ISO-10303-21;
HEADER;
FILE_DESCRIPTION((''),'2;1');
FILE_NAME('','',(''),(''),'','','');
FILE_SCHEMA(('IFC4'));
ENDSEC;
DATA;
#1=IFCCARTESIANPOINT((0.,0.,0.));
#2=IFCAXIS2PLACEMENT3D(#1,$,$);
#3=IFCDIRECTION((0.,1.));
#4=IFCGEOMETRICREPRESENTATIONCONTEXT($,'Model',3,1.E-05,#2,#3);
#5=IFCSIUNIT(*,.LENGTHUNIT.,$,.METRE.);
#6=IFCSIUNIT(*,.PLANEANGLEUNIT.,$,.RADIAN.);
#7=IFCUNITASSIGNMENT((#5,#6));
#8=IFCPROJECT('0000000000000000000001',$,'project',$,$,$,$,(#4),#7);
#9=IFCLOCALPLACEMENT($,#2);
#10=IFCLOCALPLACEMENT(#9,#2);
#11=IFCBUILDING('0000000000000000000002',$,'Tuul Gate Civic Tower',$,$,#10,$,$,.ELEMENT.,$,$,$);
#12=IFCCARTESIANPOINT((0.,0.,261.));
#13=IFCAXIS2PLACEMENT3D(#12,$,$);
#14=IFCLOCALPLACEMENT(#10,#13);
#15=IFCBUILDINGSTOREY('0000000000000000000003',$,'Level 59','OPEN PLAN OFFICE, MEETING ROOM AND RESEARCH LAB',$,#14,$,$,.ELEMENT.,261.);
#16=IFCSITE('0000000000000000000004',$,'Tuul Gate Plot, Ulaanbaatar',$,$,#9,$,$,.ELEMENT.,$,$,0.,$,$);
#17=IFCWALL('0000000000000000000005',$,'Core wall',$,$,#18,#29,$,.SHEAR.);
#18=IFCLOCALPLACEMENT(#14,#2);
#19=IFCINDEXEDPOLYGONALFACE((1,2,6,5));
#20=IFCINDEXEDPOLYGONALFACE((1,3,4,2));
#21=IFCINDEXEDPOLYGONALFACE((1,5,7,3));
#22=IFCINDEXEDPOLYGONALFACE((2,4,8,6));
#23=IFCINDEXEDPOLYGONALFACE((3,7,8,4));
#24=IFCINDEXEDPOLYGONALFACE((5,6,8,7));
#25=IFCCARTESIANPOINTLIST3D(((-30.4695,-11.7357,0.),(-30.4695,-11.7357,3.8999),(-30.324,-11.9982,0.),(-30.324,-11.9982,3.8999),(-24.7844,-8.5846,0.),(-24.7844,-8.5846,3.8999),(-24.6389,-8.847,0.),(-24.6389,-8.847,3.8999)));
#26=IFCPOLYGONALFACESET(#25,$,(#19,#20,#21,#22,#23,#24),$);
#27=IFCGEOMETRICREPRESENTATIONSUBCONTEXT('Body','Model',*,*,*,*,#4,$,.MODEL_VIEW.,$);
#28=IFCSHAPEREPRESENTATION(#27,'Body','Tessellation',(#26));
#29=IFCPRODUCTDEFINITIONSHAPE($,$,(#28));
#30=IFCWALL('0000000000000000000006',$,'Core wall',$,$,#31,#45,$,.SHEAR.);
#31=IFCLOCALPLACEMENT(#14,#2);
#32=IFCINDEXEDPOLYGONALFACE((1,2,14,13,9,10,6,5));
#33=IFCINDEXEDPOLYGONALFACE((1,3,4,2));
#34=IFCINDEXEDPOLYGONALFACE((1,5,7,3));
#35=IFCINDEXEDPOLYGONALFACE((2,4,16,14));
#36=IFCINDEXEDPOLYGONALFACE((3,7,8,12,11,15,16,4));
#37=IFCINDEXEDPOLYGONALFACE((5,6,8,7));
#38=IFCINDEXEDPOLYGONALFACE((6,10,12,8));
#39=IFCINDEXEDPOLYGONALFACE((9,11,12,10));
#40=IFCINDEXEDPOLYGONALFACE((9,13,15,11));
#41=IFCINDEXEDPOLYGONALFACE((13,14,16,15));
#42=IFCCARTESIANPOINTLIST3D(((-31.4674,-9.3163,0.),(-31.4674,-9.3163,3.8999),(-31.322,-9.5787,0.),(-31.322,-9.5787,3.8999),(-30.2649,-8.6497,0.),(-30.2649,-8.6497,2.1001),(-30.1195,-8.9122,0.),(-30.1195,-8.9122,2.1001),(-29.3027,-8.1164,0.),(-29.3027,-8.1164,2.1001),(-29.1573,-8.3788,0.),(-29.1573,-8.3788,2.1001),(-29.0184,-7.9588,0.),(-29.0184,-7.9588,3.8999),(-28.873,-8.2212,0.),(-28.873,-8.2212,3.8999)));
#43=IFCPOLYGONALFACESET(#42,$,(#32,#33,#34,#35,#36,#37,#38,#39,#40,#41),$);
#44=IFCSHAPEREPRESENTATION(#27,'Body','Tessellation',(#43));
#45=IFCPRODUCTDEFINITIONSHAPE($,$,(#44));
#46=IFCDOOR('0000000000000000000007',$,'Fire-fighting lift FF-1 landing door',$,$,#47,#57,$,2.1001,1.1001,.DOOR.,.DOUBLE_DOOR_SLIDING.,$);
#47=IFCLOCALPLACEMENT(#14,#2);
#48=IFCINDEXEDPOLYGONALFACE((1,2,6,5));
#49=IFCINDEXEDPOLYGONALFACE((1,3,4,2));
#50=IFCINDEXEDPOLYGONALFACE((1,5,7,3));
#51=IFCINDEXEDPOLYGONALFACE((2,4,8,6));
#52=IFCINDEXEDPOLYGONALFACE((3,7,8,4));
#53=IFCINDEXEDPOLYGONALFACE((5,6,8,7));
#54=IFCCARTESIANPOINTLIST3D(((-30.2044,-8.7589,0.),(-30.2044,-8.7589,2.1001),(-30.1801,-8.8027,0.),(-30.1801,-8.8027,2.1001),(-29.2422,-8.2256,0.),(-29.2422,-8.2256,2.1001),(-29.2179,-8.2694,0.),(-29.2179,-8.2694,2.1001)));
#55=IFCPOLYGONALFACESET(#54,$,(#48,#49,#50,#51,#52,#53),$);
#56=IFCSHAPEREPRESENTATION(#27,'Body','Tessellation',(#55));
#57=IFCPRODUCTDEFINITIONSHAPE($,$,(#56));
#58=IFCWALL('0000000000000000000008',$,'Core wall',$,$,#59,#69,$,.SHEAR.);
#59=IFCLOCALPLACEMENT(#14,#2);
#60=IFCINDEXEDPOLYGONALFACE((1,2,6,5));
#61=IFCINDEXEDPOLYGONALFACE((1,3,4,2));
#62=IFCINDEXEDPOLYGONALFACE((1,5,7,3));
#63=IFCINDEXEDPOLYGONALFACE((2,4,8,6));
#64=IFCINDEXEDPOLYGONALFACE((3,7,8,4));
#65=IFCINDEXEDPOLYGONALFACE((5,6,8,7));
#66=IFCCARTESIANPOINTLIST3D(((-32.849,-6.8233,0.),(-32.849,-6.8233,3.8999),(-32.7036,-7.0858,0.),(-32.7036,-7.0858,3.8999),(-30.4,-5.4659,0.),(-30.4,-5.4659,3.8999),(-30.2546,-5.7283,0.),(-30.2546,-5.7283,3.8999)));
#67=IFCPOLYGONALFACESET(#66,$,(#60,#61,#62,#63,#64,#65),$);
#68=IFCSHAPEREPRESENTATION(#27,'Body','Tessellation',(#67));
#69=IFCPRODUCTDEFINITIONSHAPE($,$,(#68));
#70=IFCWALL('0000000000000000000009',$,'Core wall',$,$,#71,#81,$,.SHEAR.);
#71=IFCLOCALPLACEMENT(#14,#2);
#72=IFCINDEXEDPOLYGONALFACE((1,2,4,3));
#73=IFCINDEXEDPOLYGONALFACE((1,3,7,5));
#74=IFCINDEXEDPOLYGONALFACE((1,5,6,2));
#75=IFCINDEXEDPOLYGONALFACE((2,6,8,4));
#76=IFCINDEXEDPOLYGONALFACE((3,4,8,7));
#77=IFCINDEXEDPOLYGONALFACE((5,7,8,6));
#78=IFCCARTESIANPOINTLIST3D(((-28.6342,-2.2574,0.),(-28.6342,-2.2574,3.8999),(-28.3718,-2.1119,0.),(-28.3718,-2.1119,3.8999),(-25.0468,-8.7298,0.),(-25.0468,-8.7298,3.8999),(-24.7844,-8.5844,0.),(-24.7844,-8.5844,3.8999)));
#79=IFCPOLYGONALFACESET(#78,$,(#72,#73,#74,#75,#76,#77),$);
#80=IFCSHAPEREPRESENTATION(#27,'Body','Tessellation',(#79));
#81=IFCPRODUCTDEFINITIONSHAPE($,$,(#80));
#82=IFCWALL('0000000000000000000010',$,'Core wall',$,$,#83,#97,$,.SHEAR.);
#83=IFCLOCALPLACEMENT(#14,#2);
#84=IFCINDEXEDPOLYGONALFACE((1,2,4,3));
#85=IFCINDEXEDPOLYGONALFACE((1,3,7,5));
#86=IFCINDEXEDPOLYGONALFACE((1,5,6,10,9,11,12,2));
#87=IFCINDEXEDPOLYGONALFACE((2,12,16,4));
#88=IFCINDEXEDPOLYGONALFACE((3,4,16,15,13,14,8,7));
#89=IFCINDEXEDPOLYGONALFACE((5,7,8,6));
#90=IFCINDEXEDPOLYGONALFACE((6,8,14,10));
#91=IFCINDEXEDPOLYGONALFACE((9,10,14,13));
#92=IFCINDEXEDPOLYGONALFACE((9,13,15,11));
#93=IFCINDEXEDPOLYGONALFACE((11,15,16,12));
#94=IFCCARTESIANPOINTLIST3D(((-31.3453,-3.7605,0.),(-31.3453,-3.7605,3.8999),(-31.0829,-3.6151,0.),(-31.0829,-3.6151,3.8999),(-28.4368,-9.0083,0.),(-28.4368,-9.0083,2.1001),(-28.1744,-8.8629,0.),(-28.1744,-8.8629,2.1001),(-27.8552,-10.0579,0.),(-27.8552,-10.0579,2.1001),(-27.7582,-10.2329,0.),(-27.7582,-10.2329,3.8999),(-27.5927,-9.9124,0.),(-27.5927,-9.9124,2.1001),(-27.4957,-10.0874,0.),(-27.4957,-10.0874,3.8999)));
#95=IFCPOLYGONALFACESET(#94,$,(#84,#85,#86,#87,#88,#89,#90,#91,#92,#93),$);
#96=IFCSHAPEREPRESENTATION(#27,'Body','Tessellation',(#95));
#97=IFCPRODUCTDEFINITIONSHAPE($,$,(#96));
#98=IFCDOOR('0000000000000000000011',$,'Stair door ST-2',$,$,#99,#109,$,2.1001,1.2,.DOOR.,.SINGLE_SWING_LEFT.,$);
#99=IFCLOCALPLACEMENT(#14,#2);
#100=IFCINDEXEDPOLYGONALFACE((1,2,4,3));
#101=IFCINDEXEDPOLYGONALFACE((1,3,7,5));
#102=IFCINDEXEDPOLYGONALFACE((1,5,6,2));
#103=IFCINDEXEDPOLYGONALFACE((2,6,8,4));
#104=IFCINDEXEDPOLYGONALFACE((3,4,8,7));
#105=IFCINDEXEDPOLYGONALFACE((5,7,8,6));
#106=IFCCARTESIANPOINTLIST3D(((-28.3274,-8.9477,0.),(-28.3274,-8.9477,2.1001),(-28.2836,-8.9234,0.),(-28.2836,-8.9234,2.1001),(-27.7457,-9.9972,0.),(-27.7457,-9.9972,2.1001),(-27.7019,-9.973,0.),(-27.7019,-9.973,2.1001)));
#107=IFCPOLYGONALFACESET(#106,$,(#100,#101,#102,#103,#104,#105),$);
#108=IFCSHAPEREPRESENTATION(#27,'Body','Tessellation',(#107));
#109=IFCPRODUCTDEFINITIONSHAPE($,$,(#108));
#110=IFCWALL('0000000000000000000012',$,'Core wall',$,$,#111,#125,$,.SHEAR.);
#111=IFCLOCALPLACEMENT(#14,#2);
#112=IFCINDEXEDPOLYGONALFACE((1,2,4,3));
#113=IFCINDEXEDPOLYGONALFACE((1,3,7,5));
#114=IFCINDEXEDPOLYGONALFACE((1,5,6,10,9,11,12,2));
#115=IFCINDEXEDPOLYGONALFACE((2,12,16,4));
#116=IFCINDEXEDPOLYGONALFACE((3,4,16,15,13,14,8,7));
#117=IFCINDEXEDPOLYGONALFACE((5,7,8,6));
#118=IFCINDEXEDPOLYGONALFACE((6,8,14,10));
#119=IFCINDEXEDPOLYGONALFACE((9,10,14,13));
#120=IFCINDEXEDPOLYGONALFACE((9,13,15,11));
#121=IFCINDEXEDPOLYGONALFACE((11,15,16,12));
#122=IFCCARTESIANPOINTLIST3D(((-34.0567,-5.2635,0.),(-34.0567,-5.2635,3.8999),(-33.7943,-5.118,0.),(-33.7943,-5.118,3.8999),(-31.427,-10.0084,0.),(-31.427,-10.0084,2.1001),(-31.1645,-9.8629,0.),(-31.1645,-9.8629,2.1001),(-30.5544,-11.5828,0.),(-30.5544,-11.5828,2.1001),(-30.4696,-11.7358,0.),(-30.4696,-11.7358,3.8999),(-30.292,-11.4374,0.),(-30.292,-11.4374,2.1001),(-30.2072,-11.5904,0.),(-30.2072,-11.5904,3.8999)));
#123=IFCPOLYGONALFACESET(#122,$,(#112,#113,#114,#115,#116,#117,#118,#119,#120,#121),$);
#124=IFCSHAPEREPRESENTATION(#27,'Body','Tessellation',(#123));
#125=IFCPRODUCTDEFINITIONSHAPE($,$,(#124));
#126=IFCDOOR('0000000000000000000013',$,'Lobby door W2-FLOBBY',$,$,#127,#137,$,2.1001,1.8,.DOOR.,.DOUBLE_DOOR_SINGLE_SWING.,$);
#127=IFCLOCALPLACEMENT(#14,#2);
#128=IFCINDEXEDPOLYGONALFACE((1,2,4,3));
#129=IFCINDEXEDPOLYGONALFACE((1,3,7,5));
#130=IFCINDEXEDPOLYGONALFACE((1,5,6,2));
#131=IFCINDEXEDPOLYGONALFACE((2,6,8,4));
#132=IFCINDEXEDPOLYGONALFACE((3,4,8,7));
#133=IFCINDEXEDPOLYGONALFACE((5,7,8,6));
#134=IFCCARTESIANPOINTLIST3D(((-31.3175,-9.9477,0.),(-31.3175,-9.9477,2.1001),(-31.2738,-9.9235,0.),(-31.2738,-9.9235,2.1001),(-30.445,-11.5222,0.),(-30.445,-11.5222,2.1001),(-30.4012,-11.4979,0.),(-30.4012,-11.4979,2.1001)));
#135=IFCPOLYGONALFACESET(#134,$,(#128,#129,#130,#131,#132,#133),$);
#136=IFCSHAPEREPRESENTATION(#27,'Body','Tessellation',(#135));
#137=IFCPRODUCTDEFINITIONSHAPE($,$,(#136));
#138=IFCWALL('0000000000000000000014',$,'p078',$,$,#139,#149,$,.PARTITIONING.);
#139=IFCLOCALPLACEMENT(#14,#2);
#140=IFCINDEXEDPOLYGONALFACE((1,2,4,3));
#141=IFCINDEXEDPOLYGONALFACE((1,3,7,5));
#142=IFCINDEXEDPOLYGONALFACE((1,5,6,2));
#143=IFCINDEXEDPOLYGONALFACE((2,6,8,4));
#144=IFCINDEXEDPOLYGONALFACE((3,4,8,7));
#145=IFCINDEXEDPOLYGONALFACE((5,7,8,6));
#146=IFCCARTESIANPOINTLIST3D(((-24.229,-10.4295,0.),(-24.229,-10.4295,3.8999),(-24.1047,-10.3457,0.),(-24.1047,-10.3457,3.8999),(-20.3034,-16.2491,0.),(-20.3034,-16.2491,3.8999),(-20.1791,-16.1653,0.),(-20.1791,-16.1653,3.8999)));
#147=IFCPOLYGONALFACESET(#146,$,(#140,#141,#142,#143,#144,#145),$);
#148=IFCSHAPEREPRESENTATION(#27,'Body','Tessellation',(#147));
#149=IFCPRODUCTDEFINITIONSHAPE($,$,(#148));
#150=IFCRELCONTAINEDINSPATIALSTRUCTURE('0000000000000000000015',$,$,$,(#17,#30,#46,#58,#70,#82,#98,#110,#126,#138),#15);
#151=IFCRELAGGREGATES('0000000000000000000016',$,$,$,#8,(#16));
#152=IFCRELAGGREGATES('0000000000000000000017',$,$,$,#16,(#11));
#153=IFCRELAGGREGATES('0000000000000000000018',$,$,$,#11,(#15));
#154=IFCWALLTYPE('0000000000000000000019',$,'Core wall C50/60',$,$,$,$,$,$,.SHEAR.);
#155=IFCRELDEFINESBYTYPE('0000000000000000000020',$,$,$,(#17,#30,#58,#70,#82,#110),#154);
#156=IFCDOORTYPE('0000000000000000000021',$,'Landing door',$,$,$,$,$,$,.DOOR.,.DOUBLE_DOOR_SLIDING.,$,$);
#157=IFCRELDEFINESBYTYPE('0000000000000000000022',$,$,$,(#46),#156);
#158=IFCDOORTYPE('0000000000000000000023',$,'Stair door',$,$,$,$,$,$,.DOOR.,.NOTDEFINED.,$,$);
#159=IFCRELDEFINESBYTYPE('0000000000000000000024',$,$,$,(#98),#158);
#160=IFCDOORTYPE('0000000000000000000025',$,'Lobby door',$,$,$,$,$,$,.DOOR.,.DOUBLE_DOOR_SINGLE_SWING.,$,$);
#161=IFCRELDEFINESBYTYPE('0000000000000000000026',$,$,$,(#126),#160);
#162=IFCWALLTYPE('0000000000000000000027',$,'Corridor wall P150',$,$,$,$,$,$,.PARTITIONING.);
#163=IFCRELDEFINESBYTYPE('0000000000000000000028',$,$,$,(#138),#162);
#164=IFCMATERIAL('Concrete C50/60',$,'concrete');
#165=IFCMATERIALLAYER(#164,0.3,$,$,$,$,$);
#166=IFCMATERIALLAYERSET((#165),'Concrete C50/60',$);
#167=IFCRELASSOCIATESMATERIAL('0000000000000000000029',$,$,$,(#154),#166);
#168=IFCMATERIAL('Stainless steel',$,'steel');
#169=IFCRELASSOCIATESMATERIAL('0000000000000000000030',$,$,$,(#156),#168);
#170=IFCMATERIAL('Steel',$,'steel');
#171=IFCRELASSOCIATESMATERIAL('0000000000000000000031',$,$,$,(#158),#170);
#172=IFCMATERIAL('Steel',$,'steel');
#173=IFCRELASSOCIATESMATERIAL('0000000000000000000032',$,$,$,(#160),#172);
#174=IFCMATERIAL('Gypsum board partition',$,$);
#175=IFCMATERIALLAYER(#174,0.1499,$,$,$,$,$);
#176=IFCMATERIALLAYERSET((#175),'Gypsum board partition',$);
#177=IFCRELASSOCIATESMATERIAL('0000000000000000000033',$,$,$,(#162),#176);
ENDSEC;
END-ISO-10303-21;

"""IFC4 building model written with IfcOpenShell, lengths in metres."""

from ifc_helpers import new_model, si_unit, direction, frame, frame_2d, origin, place, context, subcontext, project, spatial, rectangle, extrude, material, layer, layer_set, type_object, element, fill, save


model = new_model("IFC4")

# Units and contexts
model_context = context("Model", 3, precision=1e-05, world=origin(), true_north=direction((0.0, 1.0)))
body_context = subcontext(model_context, "Body", "Model", "MODEL_VIEW")
ifc_project = project(units=[si_unit("LENGTHUNIT", "METRE"), si_unit("PLANEANGLEUNIT", "RADIAN")], contexts=[model_context])

# Site, building, storey
site_placement = place(None, origin())
site = spatial("IfcSite", under=ifc_project, at=site_placement, Name="Tuul Gate Plot, Ulaanbaatar", CompositionType="ELEMENT", RefElevation=0.0)
building_placement = place(site_placement, origin())
building = spatial("IfcBuilding", under=site, at=building_placement, Name="Tuul Gate Civic Tower", CompositionType="ELEMENT")
storey_placement = place(building_placement, frame((0.0, 0.0, 261.0)))
storey = spatial("IfcBuildingStorey", under=building, at=storey_placement, Name="Level 59", Description="OPEN PLAN OFFICE, MEETING ROOM AND RESEARCH LAB", CompositionType="ELEMENT", Elevation=261.0)

# Wall
ifc_material_1 = material(Name="Concrete C50/60", Category="concrete")
ifc_layer_1 = layer(ifc_material_1, 0.3)
ifc_layer_set_1 = layer_set([ifc_layer_1], Name="Concrete C50/60")
wall_type_1 = type_object("IfcWallType", Name="Core wall C50/60", PredefinedType="SHEAR", material=ifc_layer_set_1)
wall_1_placement = place(storey_placement, frame((-24.7117, -8.7158, 0.0), z_axis=(0.0, 0.0, 1.0), x_axis=(-0.87463, -0.484791, 0.0)))
element("IfcWall", 1, at=wall_1_placement, inside=storey, type_object=wall_type_1, Name="Core wall", PredefinedType="SHEAR", context=body_context, shape_type="SweptSolid", body=[
    extrude(rectangle(XDim=6.5, YDim=0.3, at=frame_2d((3.25, 0.0))), origin(), (0.0, 0.0, 1.0), 3.8999),
])

# Wall, opening, door
wall_2_placement = place(storey_placement, frame((-28.9458, -8.0901, 0.0), z_axis=(0.0, 0.0, 1.0), x_axis=(-0.87463, -0.484791, 0.0)))
wall_2 = element("IfcWall", 2, at=wall_2_placement, inside=storey, type_object=wall_type_1, Name="Core wall", PredefinedType="SHEAR", context=body_context, shape_type="SweptSolid", body=[
    extrude(rectangle(XDim=2.8, YDim=0.3, at=frame_2d((1.3999, 0.0))), origin(), (0.0, 0.0, 1.0), 3.8999),
])
opening_1_placement = place(wall_2_placement, frame((0.325, 0.0, 0.0)))
opening_1 = element("IfcOpeningElement", 3, at=opening_1_placement, cuts=wall_2, PredefinedType="OPENING", context=body_context, shape_type="SweptSolid", body=[
    extrude(rectangle(XDim=1.1001, YDim=2.1001, at=frame_2d((0.55, 1.05))), frame((0.0, 0.1602, 0.0), z_axis=(0.0, -1.0, 0.0), x_axis=(1.0, 0.0, 0.0)), (0.0, 0.0, 1.0), 0.3201),
])
ifc_material_2 = material(Name="Stainless steel", Category="steel")
door_type_1 = type_object("IfcDoorType", Name="Landing door", OperationType="DOUBLE_DOOR_SLIDING", PredefinedType="DOOR", material=ifc_material_2)
door_1_placement = place(opening_1_placement, origin())
door_1 = element("IfcDoor", 4, at=door_1_placement, inside=storey, type_object=door_type_1, Name="Fire-fighting lift FF-1 landing door", OperationType="DOUBLE_DOOR_SLIDING", OverallHeight=2.1001, OverallWidth=1.1001, PredefinedType="DOOR", context=body_context, shape_type="SweptSolid", body=[
    extrude(rectangle(XDim=1.1001, YDim=2.1001, at=frame_2d((0.55, 1.05))), frame((0.0, 0.0249, 0.0), z_axis=(0.0, -1.0, 0.0), x_axis=(1.0, 0.0, 0.0)), (0.0, 0.0, 1.0), 0.05),
])
fill(opening_1, door_1)

# Walls
wall_3_placement = place(storey_placement, frame((-30.3274, -5.5972, 0.0), z_axis=(0.0, 0.0, 1.0), x_axis=(-0.87463, -0.484791, 0.0)))
element("IfcWall", 5, at=wall_3_placement, inside=storey, type_object=wall_type_1, Name="Core wall", PredefinedType="SHEAR", context=body_context, shape_type="SweptSolid", body=[
    extrude(rectangle(XDim=2.8, YDim=0.3, at=frame_2d((1.3999, 0.0))), origin(), (0.0, 0.0, 1.0), 3.8999),
])
wall_4_placement = place(storey_placement, frame((-24.9155, -8.6572, 0.0), z_axis=(0.0, 0.0, 1.0), x_axis=(-0.484777, 0.874638, 0.0)))
element("IfcWall", 6, at=wall_4_placement, inside=storey, type_object=wall_type_1, Name="Core wall", PredefinedType="SHEAR", context=body_context, shape_type="SweptSolid", body=[
    extrude(rectangle(XDim=7.4001, YDim=0.3, at=frame_2d((3.7002, 0.0))), origin(), (0.0, 0.0, 1.0), 3.8999),
])

# Walls, openings, doors
wall_5_placement = place(storey_placement, frame((-27.627, -10.1602, 0.0), z_axis=(0.0, 0.0, 1.0), x_axis=(-0.484752, 0.874652, 0.0)))
wall_5 = element("IfcWall", 7, at=wall_5_placement, inside=storey, type_object=wall_type_1, Name="Core wall", PredefinedType="SHEAR", context=body_context, shape_type="SweptSolid", body=[
    extrude(rectangle(XDim=7.3999, YDim=0.3, at=frame_2d((3.7, 0.0))), origin(), (0.0, 0.0, 1.0), 3.8999),
])
opening_2_placement = place(wall_5_placement, frame((0.2, 0.0, 0.0)))
opening_2 = element("IfcOpeningElement", 8, at=opening_2_placement, cuts=wall_5, PredefinedType="OPENING", context=body_context, shape_type="SweptSolid", body=[
    extrude(rectangle(XDim=1.2, YDim=2.1001, at=frame_2d((0.6001, 1.05))), frame((0.0, 0.1602, 0.0), z_axis=(0.0, -1.0, 0.0), x_axis=(1.0, 0.0, 0.0)), (0.0, 0.0, 1.0), 0.3201),
])
ifc_material_3 = material(Name="Steel", Category="steel")
door_type_2 = type_object("IfcDoorType", Name="Stair door", OperationType="NOTDEFINED", PredefinedType="DOOR", material=ifc_material_3)
door_2_placement = place(opening_2_placement, origin())
door_2 = element("IfcDoor", 9, at=door_2_placement, inside=storey, type_object=door_type_2, Name="Stair door ST-2", OperationType="SINGLE_SWING_LEFT", OverallHeight=2.1001, OverallWidth=1.2, PredefinedType="DOOR", context=body_context, shape_type="SweptSolid", body=[
    extrude(rectangle(XDim=1.2, YDim=2.1001, at=frame_2d((0.6001, 1.05))), frame((0.0, 0.0249, 0.0), z_axis=(0.0, -1.0, 0.0), x_axis=(1.0, 0.0, 0.0)), (0.0, 0.0, 1.0), 0.05),
])
fill(opening_2, door_2)
wall_6_placement = place(storey_placement, frame((-30.3384, -11.6631, 0.0), z_axis=(0.0, 0.0, 1.0), x_axis=(-0.484752, 0.874652, 0.0)))
wall_6 = element("IfcWall", 10, at=wall_6_placement, inside=storey, type_object=wall_type_1, Name="Core wall", PredefinedType="SHEAR", context=body_context, shape_type="SweptSolid", body=[
    extrude(rectangle(XDim=7.3999, YDim=0.3, at=frame_2d((3.7, 0.0))), origin(), (0.0, 0.0, 1.0), 3.8999),
])
opening_3_placement = place(wall_6_placement, frame((0.175, 0.0, 0.0)))
opening_3 = element("IfcOpeningElement", 11, at=opening_3_placement, cuts=wall_6, PredefinedType="OPENING", context=body_context, shape_type="SweptSolid", body=[
    extrude(rectangle(XDim=1.8, YDim=2.1001, at=frame_2d((0.8999, 1.05))), frame((0.0, 0.1602, 0.0), z_axis=(0.0, -1.0, 0.0), x_axis=(1.0, 0.0, 0.0)), (0.0, 0.0, 1.0), 0.3201),
])
ifc_material_4 = material(Name="Steel", Category="steel")
door_type_3 = type_object("IfcDoorType", Name="Lobby door", OperationType="DOUBLE_DOOR_SINGLE_SWING", PredefinedType="DOOR", material=ifc_material_4)
door_3_placement = place(opening_3_placement, origin())
door_3 = element("IfcDoor", 12, at=door_3_placement, inside=storey, type_object=door_type_3, Name="Lobby door W2-FLOBBY", OperationType="DOUBLE_DOOR_SINGLE_SWING", OverallHeight=2.1001, OverallWidth=1.8, PredefinedType="DOOR", context=body_context, shape_type="SweptSolid", body=[
    extrude(rectangle(XDim=1.8, YDim=2.1001, at=frame_2d((0.8999, 1.05))), frame((0.0, 0.0249, 0.0), z_axis=(0.0, -1.0, 0.0), x_axis=(1.0, 0.0, 0.0)), (0.0, 0.0, 1.0), 0.05),
])
fill(opening_3, door_3)

# Wall
ifc_material_5 = material(Name="Gypsum board partition")
ifc_layer_2 = layer(ifc_material_5, 0.1499)
ifc_layer_set_2 = layer_set([ifc_layer_2], Name="Gypsum board partition")
wall_type_2 = type_object("IfcWallType", Name="Corridor wall P150", PredefinedType="PARTITIONING", material=ifc_layer_set_2)
wall_7_placement = place(storey_placement, frame((-24.1667, -10.3877, 0.0), z_axis=(0.0, 0.0, 1.0), x_axis=(0.559211, -0.829026, 0.0)))
element("IfcWall", 13, at=wall_7_placement, inside=storey, type_object=wall_type_2, Name="p078", PredefinedType="PARTITIONING", context=body_context, shape_type="SweptSolid", body=[
    extrude(rectangle(XDim=7.0198, YDim=0.1499, at=frame_2d((3.5098, 0.0))), origin(), (0.0, 0.0, 1.0), 3.8999),
])

save(model, "model.ifc")
